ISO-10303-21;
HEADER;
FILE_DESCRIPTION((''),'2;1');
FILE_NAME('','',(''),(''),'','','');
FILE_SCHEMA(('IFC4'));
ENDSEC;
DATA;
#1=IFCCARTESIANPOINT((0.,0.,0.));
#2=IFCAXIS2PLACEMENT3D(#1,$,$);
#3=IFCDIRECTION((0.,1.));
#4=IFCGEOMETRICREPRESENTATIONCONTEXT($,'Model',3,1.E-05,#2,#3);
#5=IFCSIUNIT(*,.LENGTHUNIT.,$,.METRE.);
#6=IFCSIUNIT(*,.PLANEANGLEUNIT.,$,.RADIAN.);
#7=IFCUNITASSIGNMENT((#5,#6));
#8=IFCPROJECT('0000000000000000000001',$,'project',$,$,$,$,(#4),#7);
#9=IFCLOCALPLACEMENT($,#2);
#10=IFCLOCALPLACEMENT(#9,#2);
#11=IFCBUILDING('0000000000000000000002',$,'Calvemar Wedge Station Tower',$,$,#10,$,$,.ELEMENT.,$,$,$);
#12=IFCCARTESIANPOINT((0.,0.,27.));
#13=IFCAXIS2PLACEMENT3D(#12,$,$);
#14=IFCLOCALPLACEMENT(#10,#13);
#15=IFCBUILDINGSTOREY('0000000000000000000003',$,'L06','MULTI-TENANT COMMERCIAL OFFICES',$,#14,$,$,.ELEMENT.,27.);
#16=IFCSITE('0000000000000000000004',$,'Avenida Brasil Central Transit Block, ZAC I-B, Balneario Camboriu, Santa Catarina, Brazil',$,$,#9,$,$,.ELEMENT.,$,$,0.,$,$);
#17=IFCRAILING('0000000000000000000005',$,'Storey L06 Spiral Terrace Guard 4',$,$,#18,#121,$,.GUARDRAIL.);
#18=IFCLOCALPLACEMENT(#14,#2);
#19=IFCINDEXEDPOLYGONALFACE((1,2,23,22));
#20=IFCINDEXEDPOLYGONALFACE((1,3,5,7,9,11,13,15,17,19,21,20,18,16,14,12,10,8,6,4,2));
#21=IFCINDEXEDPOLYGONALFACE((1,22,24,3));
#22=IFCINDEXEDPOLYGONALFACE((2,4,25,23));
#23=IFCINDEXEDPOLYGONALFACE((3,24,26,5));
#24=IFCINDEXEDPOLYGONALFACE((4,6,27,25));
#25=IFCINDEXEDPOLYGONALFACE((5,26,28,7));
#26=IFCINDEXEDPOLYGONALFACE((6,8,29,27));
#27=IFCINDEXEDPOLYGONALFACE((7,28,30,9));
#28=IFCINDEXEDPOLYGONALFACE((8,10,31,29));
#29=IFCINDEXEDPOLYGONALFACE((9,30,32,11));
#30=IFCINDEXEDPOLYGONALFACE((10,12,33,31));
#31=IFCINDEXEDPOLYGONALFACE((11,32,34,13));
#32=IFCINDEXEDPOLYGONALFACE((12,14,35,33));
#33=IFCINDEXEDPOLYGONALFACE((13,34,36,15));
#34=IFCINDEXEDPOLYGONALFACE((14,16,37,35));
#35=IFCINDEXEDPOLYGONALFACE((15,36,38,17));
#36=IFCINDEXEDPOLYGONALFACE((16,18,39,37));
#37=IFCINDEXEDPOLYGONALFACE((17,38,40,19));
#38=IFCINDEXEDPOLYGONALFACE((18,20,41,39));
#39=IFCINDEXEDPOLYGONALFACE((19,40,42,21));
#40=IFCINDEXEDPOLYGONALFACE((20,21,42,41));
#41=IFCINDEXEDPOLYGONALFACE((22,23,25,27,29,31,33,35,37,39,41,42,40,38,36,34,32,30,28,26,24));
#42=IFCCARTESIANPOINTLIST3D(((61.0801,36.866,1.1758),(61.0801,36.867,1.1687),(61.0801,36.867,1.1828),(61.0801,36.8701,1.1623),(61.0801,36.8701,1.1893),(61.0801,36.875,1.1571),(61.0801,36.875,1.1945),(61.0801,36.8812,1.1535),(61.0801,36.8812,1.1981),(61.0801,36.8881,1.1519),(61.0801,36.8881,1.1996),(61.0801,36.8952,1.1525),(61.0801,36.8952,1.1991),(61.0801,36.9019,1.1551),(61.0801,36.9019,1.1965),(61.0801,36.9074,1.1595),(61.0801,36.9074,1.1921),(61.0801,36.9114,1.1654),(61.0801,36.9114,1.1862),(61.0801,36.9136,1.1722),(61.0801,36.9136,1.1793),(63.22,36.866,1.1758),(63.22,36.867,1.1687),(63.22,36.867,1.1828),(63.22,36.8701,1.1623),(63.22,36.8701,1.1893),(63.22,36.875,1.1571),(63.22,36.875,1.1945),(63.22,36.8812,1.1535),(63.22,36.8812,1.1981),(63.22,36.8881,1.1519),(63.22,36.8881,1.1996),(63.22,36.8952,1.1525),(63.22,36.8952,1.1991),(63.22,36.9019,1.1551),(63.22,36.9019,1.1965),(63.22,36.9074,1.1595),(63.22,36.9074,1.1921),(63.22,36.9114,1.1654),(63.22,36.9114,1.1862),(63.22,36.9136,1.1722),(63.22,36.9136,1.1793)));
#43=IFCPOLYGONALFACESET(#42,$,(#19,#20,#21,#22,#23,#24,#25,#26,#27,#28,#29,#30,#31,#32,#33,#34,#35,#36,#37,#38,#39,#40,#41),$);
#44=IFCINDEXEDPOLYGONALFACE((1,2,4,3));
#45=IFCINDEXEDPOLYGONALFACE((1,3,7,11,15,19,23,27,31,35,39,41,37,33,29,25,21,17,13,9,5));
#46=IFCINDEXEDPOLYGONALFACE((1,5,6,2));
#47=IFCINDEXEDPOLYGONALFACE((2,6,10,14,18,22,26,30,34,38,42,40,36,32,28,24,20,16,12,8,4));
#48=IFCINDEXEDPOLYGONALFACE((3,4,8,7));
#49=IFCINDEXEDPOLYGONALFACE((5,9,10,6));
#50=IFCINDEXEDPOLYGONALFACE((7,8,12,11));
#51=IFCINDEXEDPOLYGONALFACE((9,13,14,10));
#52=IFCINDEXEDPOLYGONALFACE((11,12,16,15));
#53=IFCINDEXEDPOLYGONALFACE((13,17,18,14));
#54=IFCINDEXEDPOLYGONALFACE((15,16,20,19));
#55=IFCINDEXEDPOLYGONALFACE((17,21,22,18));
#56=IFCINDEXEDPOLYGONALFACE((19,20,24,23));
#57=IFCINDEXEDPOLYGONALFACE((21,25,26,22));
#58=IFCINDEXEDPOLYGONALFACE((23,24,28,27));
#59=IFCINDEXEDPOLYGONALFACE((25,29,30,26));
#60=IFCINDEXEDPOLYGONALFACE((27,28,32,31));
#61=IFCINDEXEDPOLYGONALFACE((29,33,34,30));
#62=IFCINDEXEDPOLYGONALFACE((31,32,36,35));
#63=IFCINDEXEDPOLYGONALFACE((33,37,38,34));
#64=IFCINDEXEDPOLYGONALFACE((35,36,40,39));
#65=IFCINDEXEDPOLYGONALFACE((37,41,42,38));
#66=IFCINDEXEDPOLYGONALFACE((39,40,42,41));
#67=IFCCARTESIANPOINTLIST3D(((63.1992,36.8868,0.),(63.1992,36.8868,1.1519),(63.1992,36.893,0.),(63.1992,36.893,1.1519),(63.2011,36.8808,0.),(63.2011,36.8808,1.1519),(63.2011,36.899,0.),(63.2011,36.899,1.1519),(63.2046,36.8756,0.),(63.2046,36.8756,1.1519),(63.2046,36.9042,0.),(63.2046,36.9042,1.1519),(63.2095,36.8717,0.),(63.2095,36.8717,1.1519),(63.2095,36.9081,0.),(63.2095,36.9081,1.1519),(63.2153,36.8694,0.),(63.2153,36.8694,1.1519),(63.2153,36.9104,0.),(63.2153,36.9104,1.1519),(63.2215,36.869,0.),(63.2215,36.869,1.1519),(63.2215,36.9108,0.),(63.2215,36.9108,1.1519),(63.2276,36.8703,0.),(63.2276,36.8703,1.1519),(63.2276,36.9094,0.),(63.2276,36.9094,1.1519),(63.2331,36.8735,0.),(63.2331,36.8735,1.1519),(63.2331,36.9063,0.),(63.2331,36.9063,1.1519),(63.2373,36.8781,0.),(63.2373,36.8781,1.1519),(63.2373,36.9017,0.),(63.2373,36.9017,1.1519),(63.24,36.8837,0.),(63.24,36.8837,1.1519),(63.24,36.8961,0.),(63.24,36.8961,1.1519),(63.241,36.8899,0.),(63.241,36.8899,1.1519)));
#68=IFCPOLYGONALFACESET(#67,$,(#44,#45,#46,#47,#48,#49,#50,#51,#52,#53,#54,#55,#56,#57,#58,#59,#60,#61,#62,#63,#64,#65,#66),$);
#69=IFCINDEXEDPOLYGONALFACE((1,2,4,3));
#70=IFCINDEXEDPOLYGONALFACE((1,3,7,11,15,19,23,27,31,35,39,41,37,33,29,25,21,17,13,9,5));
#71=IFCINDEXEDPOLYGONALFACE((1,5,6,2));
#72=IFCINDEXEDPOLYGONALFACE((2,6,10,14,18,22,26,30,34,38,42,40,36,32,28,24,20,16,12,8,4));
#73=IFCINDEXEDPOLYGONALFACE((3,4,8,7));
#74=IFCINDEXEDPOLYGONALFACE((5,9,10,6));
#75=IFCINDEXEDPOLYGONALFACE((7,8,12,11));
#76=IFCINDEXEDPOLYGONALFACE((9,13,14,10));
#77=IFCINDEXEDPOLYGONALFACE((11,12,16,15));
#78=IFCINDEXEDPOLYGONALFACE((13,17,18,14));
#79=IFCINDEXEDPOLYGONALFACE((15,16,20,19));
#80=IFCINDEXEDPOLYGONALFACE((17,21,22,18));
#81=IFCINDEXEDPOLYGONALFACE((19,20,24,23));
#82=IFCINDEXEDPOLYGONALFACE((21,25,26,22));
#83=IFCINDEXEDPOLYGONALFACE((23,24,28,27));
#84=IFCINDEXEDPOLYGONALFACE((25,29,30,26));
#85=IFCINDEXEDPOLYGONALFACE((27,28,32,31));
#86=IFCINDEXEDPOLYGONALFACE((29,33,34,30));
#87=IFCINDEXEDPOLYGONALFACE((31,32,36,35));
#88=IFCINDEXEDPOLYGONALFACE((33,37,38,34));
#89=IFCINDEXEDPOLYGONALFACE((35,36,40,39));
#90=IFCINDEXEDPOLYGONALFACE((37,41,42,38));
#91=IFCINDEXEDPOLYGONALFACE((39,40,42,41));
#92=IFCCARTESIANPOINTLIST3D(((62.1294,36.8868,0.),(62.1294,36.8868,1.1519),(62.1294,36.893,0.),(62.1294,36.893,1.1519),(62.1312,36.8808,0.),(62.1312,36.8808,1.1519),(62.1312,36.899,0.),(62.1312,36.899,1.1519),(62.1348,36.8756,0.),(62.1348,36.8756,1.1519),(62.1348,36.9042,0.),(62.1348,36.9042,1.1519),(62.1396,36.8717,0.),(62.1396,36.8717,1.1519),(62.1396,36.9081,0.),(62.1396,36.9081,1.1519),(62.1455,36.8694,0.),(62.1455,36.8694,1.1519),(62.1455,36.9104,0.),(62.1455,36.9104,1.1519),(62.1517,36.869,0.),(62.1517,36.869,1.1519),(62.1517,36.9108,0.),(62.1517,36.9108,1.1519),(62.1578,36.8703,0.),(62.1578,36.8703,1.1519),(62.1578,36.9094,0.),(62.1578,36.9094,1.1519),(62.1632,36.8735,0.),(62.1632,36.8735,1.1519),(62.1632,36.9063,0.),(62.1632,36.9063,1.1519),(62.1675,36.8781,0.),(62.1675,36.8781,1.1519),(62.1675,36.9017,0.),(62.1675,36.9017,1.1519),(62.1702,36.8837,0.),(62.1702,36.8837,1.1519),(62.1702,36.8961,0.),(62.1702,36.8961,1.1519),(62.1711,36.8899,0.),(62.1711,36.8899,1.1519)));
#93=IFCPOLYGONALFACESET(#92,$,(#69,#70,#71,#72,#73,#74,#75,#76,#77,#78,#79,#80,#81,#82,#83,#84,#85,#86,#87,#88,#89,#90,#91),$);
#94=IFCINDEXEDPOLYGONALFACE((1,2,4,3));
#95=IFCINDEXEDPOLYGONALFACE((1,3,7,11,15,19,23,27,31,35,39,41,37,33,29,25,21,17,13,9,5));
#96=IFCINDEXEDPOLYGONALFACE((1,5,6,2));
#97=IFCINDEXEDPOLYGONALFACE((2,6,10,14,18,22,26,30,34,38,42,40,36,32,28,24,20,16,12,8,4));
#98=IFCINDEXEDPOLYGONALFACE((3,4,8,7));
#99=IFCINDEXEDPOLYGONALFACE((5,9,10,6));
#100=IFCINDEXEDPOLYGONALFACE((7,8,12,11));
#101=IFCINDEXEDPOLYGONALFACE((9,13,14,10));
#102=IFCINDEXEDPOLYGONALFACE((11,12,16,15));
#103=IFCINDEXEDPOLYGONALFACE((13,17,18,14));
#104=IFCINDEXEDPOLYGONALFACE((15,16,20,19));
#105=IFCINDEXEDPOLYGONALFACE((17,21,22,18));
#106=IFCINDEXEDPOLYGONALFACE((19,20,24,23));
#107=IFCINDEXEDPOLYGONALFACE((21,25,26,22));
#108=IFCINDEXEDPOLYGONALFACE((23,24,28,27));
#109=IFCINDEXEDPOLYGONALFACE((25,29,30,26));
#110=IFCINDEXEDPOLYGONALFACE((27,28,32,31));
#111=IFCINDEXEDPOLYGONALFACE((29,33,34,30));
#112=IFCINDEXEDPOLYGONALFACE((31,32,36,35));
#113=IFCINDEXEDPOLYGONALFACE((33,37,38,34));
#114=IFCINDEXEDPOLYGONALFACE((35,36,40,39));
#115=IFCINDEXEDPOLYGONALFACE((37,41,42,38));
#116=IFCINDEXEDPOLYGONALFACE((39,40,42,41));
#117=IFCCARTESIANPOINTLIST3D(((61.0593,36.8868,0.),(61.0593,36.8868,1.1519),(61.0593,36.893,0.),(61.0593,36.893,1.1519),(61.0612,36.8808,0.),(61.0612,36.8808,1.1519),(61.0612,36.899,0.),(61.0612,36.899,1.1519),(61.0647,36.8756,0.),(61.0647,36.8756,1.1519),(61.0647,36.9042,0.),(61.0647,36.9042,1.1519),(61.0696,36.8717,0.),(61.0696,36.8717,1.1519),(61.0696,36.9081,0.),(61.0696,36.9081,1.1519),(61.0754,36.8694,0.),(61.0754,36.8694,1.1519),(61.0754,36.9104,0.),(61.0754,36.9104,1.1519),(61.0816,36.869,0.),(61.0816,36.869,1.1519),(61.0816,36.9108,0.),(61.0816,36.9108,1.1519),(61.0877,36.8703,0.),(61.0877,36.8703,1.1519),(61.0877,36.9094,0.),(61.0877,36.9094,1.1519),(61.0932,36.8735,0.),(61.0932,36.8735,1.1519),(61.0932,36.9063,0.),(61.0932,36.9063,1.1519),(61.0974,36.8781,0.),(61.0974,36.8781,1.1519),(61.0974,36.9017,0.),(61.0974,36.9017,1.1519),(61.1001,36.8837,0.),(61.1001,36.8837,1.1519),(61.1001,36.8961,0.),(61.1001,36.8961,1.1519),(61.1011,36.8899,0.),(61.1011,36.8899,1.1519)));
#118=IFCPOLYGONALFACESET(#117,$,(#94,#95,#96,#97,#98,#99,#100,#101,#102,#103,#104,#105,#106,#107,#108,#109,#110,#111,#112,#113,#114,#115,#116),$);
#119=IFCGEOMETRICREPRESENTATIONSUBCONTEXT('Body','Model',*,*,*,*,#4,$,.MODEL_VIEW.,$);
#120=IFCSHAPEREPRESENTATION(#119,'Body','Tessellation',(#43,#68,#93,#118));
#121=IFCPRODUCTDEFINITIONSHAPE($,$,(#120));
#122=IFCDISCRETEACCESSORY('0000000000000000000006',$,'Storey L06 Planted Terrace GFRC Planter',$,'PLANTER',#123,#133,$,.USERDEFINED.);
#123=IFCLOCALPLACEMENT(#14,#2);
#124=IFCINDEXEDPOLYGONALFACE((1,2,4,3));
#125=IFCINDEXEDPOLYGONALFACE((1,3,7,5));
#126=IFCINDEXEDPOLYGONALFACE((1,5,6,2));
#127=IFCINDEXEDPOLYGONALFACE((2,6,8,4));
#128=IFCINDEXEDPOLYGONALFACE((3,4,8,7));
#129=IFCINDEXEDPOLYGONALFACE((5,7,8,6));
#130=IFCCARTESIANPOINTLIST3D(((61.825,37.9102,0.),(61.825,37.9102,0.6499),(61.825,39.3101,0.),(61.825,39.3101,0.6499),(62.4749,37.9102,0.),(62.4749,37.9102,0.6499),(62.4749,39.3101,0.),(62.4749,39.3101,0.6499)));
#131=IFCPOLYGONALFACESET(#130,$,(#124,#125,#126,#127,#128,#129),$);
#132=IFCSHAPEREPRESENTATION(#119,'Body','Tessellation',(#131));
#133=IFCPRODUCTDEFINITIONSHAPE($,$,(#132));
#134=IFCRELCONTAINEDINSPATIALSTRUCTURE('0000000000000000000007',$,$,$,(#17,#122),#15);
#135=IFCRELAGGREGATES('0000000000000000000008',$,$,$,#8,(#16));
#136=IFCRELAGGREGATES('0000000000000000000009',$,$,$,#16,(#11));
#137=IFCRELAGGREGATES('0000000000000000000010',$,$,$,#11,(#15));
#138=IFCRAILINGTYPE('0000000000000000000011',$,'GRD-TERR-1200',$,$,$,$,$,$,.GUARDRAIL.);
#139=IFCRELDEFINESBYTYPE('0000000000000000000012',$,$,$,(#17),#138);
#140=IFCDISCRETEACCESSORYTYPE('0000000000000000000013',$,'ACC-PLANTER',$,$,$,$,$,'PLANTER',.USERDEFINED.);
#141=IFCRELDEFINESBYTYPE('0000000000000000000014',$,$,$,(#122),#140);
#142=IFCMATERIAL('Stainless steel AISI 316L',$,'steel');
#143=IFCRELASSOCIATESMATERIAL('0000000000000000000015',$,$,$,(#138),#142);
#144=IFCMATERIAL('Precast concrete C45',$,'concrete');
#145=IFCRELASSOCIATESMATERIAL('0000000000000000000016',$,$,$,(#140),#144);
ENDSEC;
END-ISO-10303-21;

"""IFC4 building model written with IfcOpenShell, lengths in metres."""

from ifc_helpers import new_model, si_unit, direction, frame, origin, origin_2d, place, context, subcontext, project, spatial, rectangle, circle, extrude, source, transform, mapped, material, type_object, element, save


model = new_model("IFC4")

# Units and contexts
model_context = context("Model", 3, precision=1e-05, world=origin(), true_north=direction((0.0, 1.0)))
body_context = subcontext(model_context, "Body", "Model", "MODEL_VIEW")
ifc_project = project(units=[si_unit("LENGTHUNIT", "METRE"), si_unit("PLANEANGLEUNIT", "RADIAN")], contexts=[model_context])

# Site, building, storey
site_placement = place(None, origin())
site = spatial("IfcSite", under=ifc_project, at=site_placement, Name="Avenida Brasil Central Transit Block, ZAC I-B, Balneario Camboriu, Santa Catarina, Brazil", CompositionType="ELEMENT", RefElevation=0.0)
building_placement = place(site_placement, origin())
building = spatial("IfcBuilding", under=site, at=building_placement, Name="Calvemar Wedge Station Tower", CompositionType="ELEMENT")
storey_placement = place(building_placement, frame((0.0, 0.0, 27.0)))
storey = spatial("IfcBuildingStorey", under=building, at=storey_placement, Name="L06", Description="MULTI-TENANT COMMERCIAL OFFICES", CompositionType="ELEMENT", Elevation=27.0)

# Shared definitions
ifc_material_1 = material(Name="Precast concrete C45", Category="concrete")

# Railing
ifc_material_2 = material(Name="Stainless steel AISI 316L", Category="steel")
railing_type = type_object("IfcRailingType", Name="GRD-TERR-1200", PredefinedType="GUARDRAIL", material=ifc_material_2)
railing_1_placement = place(storey_placement, frame((63.22, 36.8899, 0.0)))
element("IfcRailing", 1, at=railing_1_placement, inside=storey, type_object=railing_type, Name="Storey L06 Spiral Terrace Guard 4", PredefinedType="GUARDRAIL", context=body_context, shape_type="SweptSolid", body=[
    extrude(circle(Radius=0.0239, at=origin_2d()), frame((0.0, 0.0, 1.1758), z_axis=(-1.0, 0.0, 0.0), x_axis=(0.0, -1.0, 0.0)), (0.0, 0.0, 1.0), 2.1399),
    extrude(circle(Radius=0.021, at=origin_2d()), origin(), (0.0, 0.0, 1.0), 1.1519),
    extrude(circle(Radius=0.021, at=origin_2d()), frame((-1.0698, 0.0, 0.0)), (0.0, 0.0, 1.0), 1.1519),
    extrude(circle(Radius=0.021, at=origin_2d()), frame((-2.1399, 0.0, 0.0)), (0.0, 0.0, 1.0), 1.1519),
])

# Discrete accessory
discrete_accessory_type = type_object("IfcDiscreteAccessoryType", Name="ACC-PLANTER", ElementType="PLANTER", PredefinedType="USERDEFINED", material=ifc_material_1)
shared_shape_1 = source(origin(), body_context, "Body", "SweptSolid", [
    extrude(rectangle(XDim=0.6499, YDim=1.3999, at=origin_2d()), origin(), (0.0, 0.0, 1.0), 0.6499),
])
discrete_accessory_placement = place(storey_placement, frame((62.1499, 38.6101, 0.0), z_axis=(0.0, 0.0, 1.0), x_axis=(1.0, 0.0, 0.0)))
element("IfcDiscreteAccessory", 2, at=discrete_accessory_placement, inside=storey, type_object=discrete_accessory_type, Name="Storey L06 Planted Terrace GFRC Planter", ObjectType="PLANTER", PredefinedType="USERDEFINED", context=body_context, shape_type="MappedRepresentation", body=[
    mapped(shared_shape_1, transform((0.0, 0.0, 0.0), scale=1.0)),
])

save(model, "model.ifc")
